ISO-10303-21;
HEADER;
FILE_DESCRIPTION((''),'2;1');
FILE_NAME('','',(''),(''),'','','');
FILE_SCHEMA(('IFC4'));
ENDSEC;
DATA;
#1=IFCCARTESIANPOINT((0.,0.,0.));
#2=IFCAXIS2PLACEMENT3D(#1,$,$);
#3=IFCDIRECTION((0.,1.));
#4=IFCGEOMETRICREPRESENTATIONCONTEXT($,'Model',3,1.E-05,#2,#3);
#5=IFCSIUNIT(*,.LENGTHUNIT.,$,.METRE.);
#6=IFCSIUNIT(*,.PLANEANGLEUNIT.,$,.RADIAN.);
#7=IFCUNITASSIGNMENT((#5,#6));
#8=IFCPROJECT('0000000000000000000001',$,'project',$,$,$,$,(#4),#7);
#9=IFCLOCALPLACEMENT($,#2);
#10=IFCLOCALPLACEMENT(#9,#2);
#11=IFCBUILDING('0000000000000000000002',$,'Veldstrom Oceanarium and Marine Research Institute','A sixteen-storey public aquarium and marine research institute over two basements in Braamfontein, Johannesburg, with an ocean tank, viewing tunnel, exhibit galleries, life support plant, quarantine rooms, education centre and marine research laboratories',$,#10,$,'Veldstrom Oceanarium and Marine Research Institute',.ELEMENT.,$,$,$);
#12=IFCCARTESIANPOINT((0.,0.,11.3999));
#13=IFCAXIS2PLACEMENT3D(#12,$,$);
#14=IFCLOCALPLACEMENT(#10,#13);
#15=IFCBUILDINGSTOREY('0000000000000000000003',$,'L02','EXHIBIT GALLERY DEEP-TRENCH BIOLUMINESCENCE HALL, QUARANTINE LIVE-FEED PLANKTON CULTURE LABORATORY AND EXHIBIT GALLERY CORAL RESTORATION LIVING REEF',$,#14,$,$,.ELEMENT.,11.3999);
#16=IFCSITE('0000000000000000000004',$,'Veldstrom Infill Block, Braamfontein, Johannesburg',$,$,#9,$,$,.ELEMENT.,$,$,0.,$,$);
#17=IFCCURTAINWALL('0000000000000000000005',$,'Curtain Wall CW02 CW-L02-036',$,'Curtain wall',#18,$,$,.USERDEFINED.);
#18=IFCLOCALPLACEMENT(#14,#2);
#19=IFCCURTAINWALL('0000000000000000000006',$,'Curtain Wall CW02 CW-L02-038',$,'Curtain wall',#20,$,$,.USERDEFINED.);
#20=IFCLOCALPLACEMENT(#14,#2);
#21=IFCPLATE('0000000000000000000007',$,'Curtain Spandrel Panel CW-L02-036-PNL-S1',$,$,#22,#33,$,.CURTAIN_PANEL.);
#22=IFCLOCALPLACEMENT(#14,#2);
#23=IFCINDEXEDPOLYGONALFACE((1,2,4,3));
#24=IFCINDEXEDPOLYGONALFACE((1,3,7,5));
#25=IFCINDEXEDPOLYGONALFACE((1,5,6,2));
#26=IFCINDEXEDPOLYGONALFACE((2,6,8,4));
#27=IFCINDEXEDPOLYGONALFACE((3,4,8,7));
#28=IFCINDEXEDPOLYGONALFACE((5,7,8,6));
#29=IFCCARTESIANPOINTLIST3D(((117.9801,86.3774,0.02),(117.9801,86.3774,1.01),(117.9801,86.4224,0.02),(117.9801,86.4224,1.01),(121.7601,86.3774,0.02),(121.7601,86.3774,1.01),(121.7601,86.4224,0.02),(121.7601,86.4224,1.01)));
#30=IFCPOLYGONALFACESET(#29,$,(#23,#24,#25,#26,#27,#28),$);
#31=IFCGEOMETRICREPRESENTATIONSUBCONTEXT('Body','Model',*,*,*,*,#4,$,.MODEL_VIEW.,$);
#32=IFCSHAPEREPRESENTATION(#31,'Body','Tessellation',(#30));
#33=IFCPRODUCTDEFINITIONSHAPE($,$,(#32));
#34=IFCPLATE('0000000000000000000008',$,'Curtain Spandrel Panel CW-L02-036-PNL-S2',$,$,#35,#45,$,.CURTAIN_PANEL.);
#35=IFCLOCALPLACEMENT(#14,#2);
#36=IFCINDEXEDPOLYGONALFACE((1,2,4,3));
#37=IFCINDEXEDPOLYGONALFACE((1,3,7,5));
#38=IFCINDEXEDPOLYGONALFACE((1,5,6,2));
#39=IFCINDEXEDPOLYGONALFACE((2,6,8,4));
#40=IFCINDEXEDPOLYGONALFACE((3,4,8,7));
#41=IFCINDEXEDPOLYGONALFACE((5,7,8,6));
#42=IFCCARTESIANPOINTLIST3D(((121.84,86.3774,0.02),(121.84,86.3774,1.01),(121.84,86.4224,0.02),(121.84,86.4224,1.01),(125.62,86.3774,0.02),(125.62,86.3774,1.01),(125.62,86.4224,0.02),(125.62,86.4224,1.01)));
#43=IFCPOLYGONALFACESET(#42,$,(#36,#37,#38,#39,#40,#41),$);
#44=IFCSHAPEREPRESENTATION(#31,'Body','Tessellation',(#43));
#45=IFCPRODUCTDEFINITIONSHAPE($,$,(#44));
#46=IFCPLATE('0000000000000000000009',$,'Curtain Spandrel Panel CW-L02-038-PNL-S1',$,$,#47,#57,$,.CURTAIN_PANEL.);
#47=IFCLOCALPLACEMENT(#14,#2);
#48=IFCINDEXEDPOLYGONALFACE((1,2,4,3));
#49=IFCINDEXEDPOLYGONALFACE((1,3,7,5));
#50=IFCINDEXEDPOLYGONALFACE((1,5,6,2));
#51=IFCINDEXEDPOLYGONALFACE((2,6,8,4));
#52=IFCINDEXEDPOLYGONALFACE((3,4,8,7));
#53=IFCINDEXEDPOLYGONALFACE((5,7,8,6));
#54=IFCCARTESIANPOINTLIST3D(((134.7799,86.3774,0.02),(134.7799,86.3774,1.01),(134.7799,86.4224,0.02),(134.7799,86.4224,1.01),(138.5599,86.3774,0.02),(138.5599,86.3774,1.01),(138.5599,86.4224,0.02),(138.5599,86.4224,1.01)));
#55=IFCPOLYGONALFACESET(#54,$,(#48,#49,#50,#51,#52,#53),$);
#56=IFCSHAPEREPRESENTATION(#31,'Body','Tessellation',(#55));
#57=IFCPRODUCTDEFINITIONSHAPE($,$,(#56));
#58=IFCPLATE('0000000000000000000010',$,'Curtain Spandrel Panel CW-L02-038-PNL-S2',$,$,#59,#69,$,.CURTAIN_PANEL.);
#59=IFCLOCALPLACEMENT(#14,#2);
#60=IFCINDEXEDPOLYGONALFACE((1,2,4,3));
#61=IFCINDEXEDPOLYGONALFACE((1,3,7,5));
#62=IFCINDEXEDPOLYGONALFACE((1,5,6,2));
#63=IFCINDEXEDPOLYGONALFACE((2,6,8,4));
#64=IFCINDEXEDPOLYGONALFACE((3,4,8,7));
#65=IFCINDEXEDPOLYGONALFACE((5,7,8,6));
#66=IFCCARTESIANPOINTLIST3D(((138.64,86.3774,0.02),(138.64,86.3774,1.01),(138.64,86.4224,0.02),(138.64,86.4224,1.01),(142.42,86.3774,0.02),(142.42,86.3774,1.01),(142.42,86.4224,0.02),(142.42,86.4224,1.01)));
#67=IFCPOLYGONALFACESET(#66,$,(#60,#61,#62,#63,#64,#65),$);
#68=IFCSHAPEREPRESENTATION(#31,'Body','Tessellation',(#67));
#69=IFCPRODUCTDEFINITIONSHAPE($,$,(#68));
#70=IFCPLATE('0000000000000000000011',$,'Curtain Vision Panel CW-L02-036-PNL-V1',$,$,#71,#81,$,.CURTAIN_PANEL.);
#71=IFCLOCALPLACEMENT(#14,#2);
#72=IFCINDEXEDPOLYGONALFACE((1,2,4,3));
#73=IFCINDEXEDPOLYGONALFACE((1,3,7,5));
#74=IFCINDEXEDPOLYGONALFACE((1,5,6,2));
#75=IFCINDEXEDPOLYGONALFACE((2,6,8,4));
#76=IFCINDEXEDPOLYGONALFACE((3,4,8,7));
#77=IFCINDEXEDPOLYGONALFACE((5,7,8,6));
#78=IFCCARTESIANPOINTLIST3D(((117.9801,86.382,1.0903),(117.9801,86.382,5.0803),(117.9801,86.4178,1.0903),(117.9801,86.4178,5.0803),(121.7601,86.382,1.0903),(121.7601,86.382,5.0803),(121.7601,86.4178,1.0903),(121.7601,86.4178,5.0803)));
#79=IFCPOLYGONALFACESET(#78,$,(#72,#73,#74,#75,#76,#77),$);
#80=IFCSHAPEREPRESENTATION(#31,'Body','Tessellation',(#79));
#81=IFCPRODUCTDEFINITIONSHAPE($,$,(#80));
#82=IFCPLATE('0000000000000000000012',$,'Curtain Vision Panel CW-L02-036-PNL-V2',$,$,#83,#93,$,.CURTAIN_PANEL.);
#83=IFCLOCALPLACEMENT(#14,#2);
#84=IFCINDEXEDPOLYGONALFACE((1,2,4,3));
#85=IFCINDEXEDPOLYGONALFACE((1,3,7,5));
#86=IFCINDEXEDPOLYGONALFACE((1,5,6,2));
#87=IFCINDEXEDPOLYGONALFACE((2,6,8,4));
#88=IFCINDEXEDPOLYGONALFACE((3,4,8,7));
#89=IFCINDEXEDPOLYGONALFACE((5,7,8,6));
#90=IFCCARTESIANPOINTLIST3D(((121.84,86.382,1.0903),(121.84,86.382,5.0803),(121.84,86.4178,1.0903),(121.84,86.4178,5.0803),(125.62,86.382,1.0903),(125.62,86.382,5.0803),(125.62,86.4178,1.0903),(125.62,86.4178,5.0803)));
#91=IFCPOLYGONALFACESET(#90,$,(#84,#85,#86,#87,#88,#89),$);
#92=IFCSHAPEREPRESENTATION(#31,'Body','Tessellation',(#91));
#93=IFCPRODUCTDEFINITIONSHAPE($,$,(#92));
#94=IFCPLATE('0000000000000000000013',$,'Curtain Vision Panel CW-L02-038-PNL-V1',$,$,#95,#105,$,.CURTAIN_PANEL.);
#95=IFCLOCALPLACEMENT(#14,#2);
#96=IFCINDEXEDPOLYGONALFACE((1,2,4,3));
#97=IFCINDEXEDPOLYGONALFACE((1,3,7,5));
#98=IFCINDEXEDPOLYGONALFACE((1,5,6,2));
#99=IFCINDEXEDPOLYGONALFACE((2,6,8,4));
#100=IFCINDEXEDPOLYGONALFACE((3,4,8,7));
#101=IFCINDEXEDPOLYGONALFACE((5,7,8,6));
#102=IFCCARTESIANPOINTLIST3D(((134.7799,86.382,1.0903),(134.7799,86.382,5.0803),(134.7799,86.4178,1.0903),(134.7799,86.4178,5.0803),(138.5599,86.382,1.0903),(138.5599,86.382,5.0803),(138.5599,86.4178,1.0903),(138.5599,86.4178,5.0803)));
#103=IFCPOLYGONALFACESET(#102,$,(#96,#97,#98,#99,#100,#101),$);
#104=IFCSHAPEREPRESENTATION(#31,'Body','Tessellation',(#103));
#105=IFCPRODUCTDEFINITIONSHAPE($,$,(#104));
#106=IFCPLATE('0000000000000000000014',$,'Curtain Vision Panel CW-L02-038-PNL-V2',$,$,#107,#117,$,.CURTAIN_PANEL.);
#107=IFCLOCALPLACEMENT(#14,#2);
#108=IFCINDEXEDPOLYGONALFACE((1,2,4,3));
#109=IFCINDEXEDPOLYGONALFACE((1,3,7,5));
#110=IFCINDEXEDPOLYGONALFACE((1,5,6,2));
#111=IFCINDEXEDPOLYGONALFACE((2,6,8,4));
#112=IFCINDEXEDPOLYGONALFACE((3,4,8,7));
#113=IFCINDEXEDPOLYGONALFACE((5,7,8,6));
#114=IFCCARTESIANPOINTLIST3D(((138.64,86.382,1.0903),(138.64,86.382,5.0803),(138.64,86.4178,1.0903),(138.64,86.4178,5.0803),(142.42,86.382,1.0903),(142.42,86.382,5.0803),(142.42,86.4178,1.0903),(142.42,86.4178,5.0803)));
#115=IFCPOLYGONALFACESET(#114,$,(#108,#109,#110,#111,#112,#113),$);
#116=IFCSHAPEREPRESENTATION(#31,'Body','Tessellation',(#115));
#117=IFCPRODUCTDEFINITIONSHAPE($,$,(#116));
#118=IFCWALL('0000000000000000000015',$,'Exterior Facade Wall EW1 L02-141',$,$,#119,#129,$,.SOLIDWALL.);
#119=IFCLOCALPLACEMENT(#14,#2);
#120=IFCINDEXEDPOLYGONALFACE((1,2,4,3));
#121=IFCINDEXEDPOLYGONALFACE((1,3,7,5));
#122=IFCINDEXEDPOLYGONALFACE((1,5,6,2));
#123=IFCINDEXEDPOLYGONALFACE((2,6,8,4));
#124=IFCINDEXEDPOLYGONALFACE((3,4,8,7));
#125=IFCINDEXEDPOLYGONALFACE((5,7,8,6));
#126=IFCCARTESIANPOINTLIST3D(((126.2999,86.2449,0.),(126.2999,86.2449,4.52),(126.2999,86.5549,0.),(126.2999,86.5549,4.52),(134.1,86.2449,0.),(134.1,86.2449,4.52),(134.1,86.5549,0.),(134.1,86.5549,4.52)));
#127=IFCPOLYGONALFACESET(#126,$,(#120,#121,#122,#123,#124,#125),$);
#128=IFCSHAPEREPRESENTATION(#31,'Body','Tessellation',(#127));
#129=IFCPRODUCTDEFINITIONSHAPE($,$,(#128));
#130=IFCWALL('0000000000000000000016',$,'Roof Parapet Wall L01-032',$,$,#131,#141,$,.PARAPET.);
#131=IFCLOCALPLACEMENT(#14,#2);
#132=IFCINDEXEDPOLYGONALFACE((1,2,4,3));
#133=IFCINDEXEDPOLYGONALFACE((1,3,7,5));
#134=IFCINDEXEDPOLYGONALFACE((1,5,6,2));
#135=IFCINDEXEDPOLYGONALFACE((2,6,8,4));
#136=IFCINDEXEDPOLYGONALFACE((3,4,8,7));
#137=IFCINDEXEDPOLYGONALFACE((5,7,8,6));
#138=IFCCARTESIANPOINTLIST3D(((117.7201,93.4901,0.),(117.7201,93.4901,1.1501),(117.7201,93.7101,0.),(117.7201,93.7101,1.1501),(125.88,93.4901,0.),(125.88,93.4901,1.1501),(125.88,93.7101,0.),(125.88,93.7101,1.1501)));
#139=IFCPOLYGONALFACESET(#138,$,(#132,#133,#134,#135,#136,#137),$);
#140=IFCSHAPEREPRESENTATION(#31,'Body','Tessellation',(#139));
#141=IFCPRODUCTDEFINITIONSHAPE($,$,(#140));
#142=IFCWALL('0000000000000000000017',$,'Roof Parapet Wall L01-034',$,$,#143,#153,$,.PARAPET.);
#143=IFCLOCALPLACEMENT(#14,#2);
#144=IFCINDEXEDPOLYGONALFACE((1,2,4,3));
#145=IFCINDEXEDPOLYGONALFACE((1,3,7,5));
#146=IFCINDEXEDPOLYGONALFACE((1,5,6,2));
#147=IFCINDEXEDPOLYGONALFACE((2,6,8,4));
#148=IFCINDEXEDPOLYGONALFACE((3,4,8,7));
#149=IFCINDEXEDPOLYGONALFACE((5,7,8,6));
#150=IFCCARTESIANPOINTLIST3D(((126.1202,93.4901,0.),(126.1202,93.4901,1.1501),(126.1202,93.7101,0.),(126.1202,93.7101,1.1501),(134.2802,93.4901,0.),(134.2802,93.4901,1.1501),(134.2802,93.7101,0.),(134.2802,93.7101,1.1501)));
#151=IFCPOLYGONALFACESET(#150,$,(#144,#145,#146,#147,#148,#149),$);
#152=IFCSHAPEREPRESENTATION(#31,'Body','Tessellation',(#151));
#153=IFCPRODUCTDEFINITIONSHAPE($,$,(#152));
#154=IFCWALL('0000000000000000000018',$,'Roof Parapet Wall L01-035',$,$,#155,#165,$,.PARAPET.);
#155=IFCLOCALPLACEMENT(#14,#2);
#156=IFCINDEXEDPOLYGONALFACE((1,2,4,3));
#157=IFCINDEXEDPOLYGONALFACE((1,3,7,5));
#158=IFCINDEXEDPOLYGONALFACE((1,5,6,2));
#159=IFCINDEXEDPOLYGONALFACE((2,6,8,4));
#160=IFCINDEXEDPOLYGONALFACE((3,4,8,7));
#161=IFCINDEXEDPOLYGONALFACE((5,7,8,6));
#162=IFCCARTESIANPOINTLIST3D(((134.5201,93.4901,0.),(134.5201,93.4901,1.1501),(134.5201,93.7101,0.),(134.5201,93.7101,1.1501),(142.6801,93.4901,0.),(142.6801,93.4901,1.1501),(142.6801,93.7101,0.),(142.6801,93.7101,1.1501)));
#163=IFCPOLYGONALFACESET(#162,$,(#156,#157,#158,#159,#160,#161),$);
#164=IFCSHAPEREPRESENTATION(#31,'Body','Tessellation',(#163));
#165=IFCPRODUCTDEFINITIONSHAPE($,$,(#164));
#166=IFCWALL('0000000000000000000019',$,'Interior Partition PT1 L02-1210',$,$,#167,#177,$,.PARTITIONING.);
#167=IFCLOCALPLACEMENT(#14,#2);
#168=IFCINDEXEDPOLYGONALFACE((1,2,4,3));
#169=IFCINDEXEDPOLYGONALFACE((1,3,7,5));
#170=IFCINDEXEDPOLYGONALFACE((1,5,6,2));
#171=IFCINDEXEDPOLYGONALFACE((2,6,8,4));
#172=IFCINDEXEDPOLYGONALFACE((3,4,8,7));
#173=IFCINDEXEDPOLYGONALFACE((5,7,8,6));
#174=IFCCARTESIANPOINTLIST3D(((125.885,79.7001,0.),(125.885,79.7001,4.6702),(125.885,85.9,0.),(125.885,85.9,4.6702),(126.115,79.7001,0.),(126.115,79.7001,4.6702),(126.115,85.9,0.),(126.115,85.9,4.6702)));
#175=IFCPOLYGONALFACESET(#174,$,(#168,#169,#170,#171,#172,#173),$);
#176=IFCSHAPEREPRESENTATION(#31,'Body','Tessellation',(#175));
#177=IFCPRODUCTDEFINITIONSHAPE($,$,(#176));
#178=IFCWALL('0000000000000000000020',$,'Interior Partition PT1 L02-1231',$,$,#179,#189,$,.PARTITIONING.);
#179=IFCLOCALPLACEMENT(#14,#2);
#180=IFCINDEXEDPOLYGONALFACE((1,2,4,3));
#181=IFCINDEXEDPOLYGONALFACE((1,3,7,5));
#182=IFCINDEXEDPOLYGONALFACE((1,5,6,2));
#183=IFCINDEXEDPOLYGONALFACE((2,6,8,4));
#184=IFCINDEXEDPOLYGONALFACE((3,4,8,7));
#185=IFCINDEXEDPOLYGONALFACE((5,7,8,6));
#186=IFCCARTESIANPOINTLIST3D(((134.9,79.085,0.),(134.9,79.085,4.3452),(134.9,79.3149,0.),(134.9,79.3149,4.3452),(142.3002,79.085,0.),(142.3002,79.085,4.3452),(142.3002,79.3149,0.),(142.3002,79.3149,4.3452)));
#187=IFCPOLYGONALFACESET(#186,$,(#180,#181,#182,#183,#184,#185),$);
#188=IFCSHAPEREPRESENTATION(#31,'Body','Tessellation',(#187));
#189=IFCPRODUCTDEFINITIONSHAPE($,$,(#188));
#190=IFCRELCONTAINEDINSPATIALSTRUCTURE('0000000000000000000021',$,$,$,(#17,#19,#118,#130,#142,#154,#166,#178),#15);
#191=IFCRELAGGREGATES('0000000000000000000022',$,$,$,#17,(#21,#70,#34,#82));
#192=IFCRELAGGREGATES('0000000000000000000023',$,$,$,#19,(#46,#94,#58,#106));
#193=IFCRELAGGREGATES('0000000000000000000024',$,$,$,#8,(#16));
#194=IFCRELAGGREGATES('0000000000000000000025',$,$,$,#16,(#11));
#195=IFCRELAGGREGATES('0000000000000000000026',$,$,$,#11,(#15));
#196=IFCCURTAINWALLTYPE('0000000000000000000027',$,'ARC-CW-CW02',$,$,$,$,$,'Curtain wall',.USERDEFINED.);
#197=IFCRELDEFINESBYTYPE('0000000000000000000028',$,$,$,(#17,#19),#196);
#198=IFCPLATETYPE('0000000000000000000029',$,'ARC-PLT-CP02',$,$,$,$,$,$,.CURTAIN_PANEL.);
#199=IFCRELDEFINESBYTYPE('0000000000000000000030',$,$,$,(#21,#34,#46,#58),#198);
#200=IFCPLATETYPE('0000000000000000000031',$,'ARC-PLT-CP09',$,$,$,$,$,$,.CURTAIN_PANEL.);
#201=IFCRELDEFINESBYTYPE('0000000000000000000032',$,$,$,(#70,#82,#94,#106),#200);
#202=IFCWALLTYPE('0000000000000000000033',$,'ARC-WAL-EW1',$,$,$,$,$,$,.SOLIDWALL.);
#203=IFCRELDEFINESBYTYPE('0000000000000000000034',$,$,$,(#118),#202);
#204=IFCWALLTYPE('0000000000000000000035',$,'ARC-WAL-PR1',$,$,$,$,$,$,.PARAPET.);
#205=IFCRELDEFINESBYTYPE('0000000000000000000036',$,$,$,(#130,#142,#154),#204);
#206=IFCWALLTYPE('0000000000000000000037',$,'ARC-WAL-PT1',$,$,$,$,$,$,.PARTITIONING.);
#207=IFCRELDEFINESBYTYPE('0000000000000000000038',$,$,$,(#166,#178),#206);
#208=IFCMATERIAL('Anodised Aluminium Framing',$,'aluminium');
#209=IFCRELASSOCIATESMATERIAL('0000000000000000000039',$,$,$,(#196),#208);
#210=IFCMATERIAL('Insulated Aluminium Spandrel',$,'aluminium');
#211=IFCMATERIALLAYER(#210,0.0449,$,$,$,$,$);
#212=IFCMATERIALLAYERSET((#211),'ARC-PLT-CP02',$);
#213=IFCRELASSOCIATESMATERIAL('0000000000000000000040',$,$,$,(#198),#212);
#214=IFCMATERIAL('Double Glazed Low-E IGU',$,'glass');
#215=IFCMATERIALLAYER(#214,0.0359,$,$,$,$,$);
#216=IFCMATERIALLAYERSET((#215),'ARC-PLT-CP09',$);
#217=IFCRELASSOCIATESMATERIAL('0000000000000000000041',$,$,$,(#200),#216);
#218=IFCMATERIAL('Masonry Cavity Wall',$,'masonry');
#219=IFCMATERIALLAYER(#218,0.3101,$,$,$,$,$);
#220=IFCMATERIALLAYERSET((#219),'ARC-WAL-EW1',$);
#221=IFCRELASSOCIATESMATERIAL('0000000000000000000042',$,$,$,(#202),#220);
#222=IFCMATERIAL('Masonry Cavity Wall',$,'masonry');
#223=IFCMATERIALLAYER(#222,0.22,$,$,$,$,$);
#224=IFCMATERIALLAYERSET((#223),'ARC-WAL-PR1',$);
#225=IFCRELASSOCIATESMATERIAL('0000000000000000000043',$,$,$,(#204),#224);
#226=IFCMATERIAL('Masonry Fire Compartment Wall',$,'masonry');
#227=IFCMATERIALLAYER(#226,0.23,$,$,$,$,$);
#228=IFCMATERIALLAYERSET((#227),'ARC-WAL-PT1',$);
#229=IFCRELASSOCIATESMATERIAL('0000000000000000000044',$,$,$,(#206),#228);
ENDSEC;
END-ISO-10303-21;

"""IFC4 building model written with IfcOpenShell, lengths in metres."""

from ifc_helpers import new_model, si_unit, direction, frame, frame_2d, origin, origin_2d, place, context, subcontext, project, spatial, rectangle, extrude, material, layer, layer_set, type_object, element, aggregate, save


model = new_model("IFC4")

# Units and contexts
model_context = context("Model", 3, precision=1e-05, world=origin(), true_north=direction((0.0, 1.0)))
body_context = subcontext(model_context, "Body", "Model", "MODEL_VIEW")
ifc_project = project(units=[si_unit("LENGTHUNIT", "METRE"), si_unit("PLANEANGLEUNIT", "RADIAN")], contexts=[model_context])

# Site, building, storey
site_placement = place(None, origin())
site = spatial("IfcSite", under=ifc_project, at=site_placement, Name="Veldstrom Infill Block, Braamfontein, Johannesburg", CompositionType="ELEMENT", RefElevation=0.0)
building_placement = place(site_placement, origin())
building = spatial("IfcBuilding", under=site, at=building_placement, Name="Veldstrom Oceanarium and Marine Research Institute", Description="A sixteen-storey public aquarium and marine research institute over two basements in Braamfontein, Johannesburg, with an ocean tank, viewing tunnel, exhibit galleries, life support plant, quarantine rooms, education centre and marine research laboratories", LongName="Veldstrom Oceanarium and Marine Research Institute", CompositionType="ELEMENT")
storey_placement = place(building_placement, frame((0.0, 0.0, 11.3999)))
storey = spatial("IfcBuildingStorey", under=building, at=storey_placement, Name="L02", Description="EXHIBIT GALLERY DEEP-TRENCH BIOLUMINESCENCE HALL, QUARANTINE LIVE-FEED PLANKTON CULTURE LABORATORY AND EXHIBIT GALLERY CORAL RESTORATION LIVING REEF", CompositionType="ELEMENT", Elevation=11.3999)

# Curtain walls
ifc_material_1 = material(Name="Anodised Aluminium Framing", Category="aluminium")
curtain_wall_type = type_object("IfcCurtainWallType", Name="ARC-CW-CW02", ElementType="Curtain wall", PredefinedType="USERDEFINED", material=ifc_material_1)
curtain_wall_1_placement = place(storey_placement, origin())
curtain_wall_1 = element("IfcCurtainWall", 1, at=curtain_wall_1_placement, inside=storey, type_object=curtain_wall_type, Name="Curtain Wall CW02 CW-L02-036", ObjectType="Curtain wall", PredefinedType="USERDEFINED")
curtain_wall_2_placement = place(storey_placement, origin())
curtain_wall_2 = element("IfcCurtainWall", 2, at=curtain_wall_2_placement, inside=storey, type_object=curtain_wall_type, Name="Curtain Wall CW02 CW-L02-038", ObjectType="Curtain wall", PredefinedType="USERDEFINED")

# Plates
ifc_material_2 = material(Name="Insulated Aluminium Spandrel", Category="aluminium")
ifc_layer_1 = layer(ifc_material_2, 0.0449)
ifc_layer_set_1 = layer_set([ifc_layer_1], Name="ARC-PLT-CP02")
plate_type_1 = type_object("IfcPlateType", Name="ARC-PLT-CP02", PredefinedType="CURTAIN_PANEL", material=ifc_layer_set_1)
plate_1_placement = place(storey_placement, frame((119.8701, 86.3999, 0.02), z_axis=(0.0, 0.0, 1.0), x_axis=(1.0, 0.0, 0.0)))
plate_1 = element("IfcPlate", 3, at=plate_1_placement, type_object=plate_type_1, Name="Curtain Spandrel Panel CW-L02-036-PNL-S1", PredefinedType="CURTAIN_PANEL", context=body_context, shape_type="SweptSolid", body=[
    extrude(rectangle(XDim=3.78, YDim=0.0449, at=origin_2d()), origin(), (0.0, 0.0, 1.0), 0.99),
])
plate_2_placement = place(storey_placement, frame((123.73, 86.3999, 0.02), z_axis=(0.0, 0.0, 1.0), x_axis=(1.0, 0.0, 0.0)))
plate_2 = element("IfcPlate", 4, at=plate_2_placement, type_object=plate_type_1, Name="Curtain Spandrel Panel CW-L02-036-PNL-S2", PredefinedType="CURTAIN_PANEL", context=body_context, shape_type="SweptSolid", body=[
    extrude(rectangle(XDim=3.78, YDim=0.0449, at=origin_2d()), origin(), (0.0, 0.0, 1.0), 0.99),
])
plate_3_placement = place(storey_placement, frame((136.6699, 86.3999, 0.02), z_axis=(0.0, 0.0, 1.0), x_axis=(1.0, 0.0, 0.0)))
plate_3 = element("IfcPlate", 5, at=plate_3_placement, type_object=plate_type_1, Name="Curtain Spandrel Panel CW-L02-038-PNL-S1", PredefinedType="CURTAIN_PANEL", context=body_context, shape_type="SweptSolid", body=[
    extrude(rectangle(XDim=3.78, YDim=0.0449, at=origin_2d()), origin(), (0.0, 0.0, 1.0), 0.99),
])
plate_4_placement = place(storey_placement, frame((140.53, 86.3999, 0.02), z_axis=(0.0, 0.0, 1.0), x_axis=(1.0, 0.0, 0.0)))
plate_4 = element("IfcPlate", 6, at=plate_4_placement, type_object=plate_type_1, Name="Curtain Spandrel Panel CW-L02-038-PNL-S2", PredefinedType="CURTAIN_PANEL", context=body_context, shape_type="SweptSolid", body=[
    extrude(rectangle(XDim=3.78, YDim=0.0449, at=origin_2d()), origin(), (0.0, 0.0, 1.0), 0.99),
])
ifc_material_3 = material(Name="Double Glazed Low-E IGU", Category="glass")
ifc_layer_2 = layer(ifc_material_3, 0.0359)
ifc_layer_set_2 = layer_set([ifc_layer_2], Name="ARC-PLT-CP09")
plate_type_2 = type_object("IfcPlateType", Name="ARC-PLT-CP09", PredefinedType="CURTAIN_PANEL", material=ifc_layer_set_2)
plate_5_placement = place(storey_placement, frame((119.8701, 86.3999, 1.0903), z_axis=(0.0, 0.0, 1.0), x_axis=(1.0, 0.0, 0.0)))
plate_5 = element("IfcPlate", 7, at=plate_5_placement, type_object=plate_type_2, Name="Curtain Vision Panel CW-L02-036-PNL-V1", PredefinedType="CURTAIN_PANEL", context=body_context, shape_type="SweptSolid", body=[
    extrude(rectangle(XDim=3.78, YDim=0.0359, at=origin_2d()), origin(), (0.0, 0.0, 1.0), 3.99),
])
plate_6_placement = place(storey_placement, frame((123.73, 86.3999, 1.0903), z_axis=(0.0, 0.0, 1.0), x_axis=(1.0, 0.0, 0.0)))
plate_6 = element("IfcPlate", 8, at=plate_6_placement, type_object=plate_type_2, Name="Curtain Vision Panel CW-L02-036-PNL-V2", PredefinedType="CURTAIN_PANEL", context=body_context, shape_type="SweptSolid", body=[
    extrude(rectangle(XDim=3.78, YDim=0.0359, at=origin_2d()), origin(), (0.0, 0.0, 1.0), 3.99),
])
aggregate(curtain_wall_1, [plate_1, plate_5, plate_2, plate_6])
plate_7_placement = place(storey_placement, frame((136.6699, 86.3999, 1.0903), z_axis=(0.0, 0.0, 1.0), x_axis=(1.0, 0.0, 0.0)))
plate_7 = element("IfcPlate", 9, at=plate_7_placement, type_object=plate_type_2, Name="Curtain Vision Panel CW-L02-038-PNL-V1", PredefinedType="CURTAIN_PANEL", context=body_context, shape_type="SweptSolid", body=[
    extrude(rectangle(XDim=3.78, YDim=0.0359, at=origin_2d()), origin(), (0.0, 0.0, 1.0), 3.99),
])
plate_8_placement = place(storey_placement, frame((140.53, 86.3999, 1.0903), z_axis=(0.0, 0.0, 1.0), x_axis=(1.0, 0.0, 0.0)))
plate_8 = element("IfcPlate", 10, at=plate_8_placement, type_object=plate_type_2, Name="Curtain Vision Panel CW-L02-038-PNL-V2", PredefinedType="CURTAIN_PANEL", context=body_context, shape_type="SweptSolid", body=[
    extrude(rectangle(XDim=3.78, YDim=0.0359, at=origin_2d()), origin(), (0.0, 0.0, 1.0), 3.99),
])
aggregate(curtain_wall_2, [plate_3, plate_7, plate_4, plate_8])

# Walls
ifc_material_4 = material(Name="Masonry Cavity Wall", Category="masonry")
ifc_layer_3 = layer(ifc_material_4, 0.3101)
ifc_layer_set_3 = layer_set([ifc_layer_3], Name="ARC-WAL-EW1")
wall_type_1 = type_object("IfcWallType", Name="ARC-WAL-EW1", PredefinedType="SOLIDWALL", material=ifc_layer_set_3)
wall_1_placement = place(storey_placement, frame((126.3, 86.3999, 0.0), z_axis=(0.0, 0.0, 1.0), x_axis=(1.0, 0.0, 0.0)))
element("IfcWall", 11, at=wall_1_placement, inside=storey, type_object=wall_type_1, Name="Exterior Facade Wall EW1 L02-141", PredefinedType="SOLIDWALL", context=body_context, shape_type="SweptSolid", body=[
    extrude(rectangle(XDim=7.8, YDim=0.3101, at=frame_2d((3.8999, 0.0))), origin(), (0.0, 0.0, 1.0), 4.52),
])
ifc_material_5 = material(Name="Masonry Cavity Wall", Category="masonry")
ifc_layer_4 = layer(ifc_material_5, 0.22)
ifc_layer_set_4 = layer_set([ifc_layer_4], Name="ARC-WAL-PR1")
wall_type_2 = type_object("IfcWallType", Name="ARC-WAL-PR1", PredefinedType="PARAPET", material=ifc_layer_set_4)
for number, where, z_axis, x_axis, name in (
    (12, (117.72, 93.6001, 0.0), (0.0, 0.0, 1.0), (1.0, 0.0, 0.0), "Roof Parapet Wall L01-032"),
    (13, (126.1201, 93.6001, 0.0), (0.0, 0.0, 1.0), (1.0, 0.0, 0.0), "Roof Parapet Wall L01-034"),
    (14, (134.52, 93.6001, 0.0), (0.0, 0.0, 1.0), (1.0, 0.0, 0.0), "Roof Parapet Wall L01-035"),
):
    element("IfcWall", number, at=place(storey_placement, frame(where, z_axis=z_axis, x_axis=x_axis)), inside=storey, type_object=wall_type_2, Name=name, PredefinedType="PARAPET", context=body_context, shape_type="SweptSolid", body=[
        extrude(rectangle(XDim=8.1599, YDim=0.22, at=frame_2d((4.0801, 0.0))), origin(), (0.0, 0.0, 1.0), 1.1501),
    ])
ifc_material_6 = material(Name="Masonry Fire Compartment Wall", Category="masonry")
ifc_layer_5 = layer(ifc_material_6, 0.23)
ifc_layer_set_5 = layer_set([ifc_layer_5], Name="ARC-WAL-PT1")
wall_type_3 = type_object("IfcWallType", Name="ARC-WAL-PT1", PredefinedType="PARTITIONING", material=ifc_layer_set_5)
wall_2_placement = place(storey_placement, frame((126.0, 79.7, 0.0), z_axis=(0.0, 0.0, 1.0), x_axis=(0.0, 1.0, 0.0)))
element("IfcWall", 15, at=wall_2_placement, inside=storey, type_object=wall_type_3, Name="Interior Partition PT1 L02-1210", PredefinedType="PARTITIONING", context=body_context, shape_type="SweptSolid", body=[
    extrude(rectangle(XDim=6.2, YDim=0.23, at=frame_2d((3.1001, 0.0))), origin(), (0.0, 0.0, 1.0), 4.6702),
])
wall_3_placement = place(storey_placement, frame((134.8999, 79.2, 0.0), z_axis=(0.0, 0.0, 1.0), x_axis=(1.0, 0.0, 0.0)))
element("IfcWall", 16, at=wall_3_placement, inside=storey, type_object=wall_type_3, Name="Interior Partition PT1 L02-1231", PredefinedType="PARTITIONING", context=body_context, shape_type="SweptSolid", body=[
    extrude(rectangle(XDim=7.4001, YDim=0.23, at=frame_2d((3.7002, 0.0))), origin(), (0.0, 0.0, 1.0), 4.3452),
])

save(model, "model.ifc")
